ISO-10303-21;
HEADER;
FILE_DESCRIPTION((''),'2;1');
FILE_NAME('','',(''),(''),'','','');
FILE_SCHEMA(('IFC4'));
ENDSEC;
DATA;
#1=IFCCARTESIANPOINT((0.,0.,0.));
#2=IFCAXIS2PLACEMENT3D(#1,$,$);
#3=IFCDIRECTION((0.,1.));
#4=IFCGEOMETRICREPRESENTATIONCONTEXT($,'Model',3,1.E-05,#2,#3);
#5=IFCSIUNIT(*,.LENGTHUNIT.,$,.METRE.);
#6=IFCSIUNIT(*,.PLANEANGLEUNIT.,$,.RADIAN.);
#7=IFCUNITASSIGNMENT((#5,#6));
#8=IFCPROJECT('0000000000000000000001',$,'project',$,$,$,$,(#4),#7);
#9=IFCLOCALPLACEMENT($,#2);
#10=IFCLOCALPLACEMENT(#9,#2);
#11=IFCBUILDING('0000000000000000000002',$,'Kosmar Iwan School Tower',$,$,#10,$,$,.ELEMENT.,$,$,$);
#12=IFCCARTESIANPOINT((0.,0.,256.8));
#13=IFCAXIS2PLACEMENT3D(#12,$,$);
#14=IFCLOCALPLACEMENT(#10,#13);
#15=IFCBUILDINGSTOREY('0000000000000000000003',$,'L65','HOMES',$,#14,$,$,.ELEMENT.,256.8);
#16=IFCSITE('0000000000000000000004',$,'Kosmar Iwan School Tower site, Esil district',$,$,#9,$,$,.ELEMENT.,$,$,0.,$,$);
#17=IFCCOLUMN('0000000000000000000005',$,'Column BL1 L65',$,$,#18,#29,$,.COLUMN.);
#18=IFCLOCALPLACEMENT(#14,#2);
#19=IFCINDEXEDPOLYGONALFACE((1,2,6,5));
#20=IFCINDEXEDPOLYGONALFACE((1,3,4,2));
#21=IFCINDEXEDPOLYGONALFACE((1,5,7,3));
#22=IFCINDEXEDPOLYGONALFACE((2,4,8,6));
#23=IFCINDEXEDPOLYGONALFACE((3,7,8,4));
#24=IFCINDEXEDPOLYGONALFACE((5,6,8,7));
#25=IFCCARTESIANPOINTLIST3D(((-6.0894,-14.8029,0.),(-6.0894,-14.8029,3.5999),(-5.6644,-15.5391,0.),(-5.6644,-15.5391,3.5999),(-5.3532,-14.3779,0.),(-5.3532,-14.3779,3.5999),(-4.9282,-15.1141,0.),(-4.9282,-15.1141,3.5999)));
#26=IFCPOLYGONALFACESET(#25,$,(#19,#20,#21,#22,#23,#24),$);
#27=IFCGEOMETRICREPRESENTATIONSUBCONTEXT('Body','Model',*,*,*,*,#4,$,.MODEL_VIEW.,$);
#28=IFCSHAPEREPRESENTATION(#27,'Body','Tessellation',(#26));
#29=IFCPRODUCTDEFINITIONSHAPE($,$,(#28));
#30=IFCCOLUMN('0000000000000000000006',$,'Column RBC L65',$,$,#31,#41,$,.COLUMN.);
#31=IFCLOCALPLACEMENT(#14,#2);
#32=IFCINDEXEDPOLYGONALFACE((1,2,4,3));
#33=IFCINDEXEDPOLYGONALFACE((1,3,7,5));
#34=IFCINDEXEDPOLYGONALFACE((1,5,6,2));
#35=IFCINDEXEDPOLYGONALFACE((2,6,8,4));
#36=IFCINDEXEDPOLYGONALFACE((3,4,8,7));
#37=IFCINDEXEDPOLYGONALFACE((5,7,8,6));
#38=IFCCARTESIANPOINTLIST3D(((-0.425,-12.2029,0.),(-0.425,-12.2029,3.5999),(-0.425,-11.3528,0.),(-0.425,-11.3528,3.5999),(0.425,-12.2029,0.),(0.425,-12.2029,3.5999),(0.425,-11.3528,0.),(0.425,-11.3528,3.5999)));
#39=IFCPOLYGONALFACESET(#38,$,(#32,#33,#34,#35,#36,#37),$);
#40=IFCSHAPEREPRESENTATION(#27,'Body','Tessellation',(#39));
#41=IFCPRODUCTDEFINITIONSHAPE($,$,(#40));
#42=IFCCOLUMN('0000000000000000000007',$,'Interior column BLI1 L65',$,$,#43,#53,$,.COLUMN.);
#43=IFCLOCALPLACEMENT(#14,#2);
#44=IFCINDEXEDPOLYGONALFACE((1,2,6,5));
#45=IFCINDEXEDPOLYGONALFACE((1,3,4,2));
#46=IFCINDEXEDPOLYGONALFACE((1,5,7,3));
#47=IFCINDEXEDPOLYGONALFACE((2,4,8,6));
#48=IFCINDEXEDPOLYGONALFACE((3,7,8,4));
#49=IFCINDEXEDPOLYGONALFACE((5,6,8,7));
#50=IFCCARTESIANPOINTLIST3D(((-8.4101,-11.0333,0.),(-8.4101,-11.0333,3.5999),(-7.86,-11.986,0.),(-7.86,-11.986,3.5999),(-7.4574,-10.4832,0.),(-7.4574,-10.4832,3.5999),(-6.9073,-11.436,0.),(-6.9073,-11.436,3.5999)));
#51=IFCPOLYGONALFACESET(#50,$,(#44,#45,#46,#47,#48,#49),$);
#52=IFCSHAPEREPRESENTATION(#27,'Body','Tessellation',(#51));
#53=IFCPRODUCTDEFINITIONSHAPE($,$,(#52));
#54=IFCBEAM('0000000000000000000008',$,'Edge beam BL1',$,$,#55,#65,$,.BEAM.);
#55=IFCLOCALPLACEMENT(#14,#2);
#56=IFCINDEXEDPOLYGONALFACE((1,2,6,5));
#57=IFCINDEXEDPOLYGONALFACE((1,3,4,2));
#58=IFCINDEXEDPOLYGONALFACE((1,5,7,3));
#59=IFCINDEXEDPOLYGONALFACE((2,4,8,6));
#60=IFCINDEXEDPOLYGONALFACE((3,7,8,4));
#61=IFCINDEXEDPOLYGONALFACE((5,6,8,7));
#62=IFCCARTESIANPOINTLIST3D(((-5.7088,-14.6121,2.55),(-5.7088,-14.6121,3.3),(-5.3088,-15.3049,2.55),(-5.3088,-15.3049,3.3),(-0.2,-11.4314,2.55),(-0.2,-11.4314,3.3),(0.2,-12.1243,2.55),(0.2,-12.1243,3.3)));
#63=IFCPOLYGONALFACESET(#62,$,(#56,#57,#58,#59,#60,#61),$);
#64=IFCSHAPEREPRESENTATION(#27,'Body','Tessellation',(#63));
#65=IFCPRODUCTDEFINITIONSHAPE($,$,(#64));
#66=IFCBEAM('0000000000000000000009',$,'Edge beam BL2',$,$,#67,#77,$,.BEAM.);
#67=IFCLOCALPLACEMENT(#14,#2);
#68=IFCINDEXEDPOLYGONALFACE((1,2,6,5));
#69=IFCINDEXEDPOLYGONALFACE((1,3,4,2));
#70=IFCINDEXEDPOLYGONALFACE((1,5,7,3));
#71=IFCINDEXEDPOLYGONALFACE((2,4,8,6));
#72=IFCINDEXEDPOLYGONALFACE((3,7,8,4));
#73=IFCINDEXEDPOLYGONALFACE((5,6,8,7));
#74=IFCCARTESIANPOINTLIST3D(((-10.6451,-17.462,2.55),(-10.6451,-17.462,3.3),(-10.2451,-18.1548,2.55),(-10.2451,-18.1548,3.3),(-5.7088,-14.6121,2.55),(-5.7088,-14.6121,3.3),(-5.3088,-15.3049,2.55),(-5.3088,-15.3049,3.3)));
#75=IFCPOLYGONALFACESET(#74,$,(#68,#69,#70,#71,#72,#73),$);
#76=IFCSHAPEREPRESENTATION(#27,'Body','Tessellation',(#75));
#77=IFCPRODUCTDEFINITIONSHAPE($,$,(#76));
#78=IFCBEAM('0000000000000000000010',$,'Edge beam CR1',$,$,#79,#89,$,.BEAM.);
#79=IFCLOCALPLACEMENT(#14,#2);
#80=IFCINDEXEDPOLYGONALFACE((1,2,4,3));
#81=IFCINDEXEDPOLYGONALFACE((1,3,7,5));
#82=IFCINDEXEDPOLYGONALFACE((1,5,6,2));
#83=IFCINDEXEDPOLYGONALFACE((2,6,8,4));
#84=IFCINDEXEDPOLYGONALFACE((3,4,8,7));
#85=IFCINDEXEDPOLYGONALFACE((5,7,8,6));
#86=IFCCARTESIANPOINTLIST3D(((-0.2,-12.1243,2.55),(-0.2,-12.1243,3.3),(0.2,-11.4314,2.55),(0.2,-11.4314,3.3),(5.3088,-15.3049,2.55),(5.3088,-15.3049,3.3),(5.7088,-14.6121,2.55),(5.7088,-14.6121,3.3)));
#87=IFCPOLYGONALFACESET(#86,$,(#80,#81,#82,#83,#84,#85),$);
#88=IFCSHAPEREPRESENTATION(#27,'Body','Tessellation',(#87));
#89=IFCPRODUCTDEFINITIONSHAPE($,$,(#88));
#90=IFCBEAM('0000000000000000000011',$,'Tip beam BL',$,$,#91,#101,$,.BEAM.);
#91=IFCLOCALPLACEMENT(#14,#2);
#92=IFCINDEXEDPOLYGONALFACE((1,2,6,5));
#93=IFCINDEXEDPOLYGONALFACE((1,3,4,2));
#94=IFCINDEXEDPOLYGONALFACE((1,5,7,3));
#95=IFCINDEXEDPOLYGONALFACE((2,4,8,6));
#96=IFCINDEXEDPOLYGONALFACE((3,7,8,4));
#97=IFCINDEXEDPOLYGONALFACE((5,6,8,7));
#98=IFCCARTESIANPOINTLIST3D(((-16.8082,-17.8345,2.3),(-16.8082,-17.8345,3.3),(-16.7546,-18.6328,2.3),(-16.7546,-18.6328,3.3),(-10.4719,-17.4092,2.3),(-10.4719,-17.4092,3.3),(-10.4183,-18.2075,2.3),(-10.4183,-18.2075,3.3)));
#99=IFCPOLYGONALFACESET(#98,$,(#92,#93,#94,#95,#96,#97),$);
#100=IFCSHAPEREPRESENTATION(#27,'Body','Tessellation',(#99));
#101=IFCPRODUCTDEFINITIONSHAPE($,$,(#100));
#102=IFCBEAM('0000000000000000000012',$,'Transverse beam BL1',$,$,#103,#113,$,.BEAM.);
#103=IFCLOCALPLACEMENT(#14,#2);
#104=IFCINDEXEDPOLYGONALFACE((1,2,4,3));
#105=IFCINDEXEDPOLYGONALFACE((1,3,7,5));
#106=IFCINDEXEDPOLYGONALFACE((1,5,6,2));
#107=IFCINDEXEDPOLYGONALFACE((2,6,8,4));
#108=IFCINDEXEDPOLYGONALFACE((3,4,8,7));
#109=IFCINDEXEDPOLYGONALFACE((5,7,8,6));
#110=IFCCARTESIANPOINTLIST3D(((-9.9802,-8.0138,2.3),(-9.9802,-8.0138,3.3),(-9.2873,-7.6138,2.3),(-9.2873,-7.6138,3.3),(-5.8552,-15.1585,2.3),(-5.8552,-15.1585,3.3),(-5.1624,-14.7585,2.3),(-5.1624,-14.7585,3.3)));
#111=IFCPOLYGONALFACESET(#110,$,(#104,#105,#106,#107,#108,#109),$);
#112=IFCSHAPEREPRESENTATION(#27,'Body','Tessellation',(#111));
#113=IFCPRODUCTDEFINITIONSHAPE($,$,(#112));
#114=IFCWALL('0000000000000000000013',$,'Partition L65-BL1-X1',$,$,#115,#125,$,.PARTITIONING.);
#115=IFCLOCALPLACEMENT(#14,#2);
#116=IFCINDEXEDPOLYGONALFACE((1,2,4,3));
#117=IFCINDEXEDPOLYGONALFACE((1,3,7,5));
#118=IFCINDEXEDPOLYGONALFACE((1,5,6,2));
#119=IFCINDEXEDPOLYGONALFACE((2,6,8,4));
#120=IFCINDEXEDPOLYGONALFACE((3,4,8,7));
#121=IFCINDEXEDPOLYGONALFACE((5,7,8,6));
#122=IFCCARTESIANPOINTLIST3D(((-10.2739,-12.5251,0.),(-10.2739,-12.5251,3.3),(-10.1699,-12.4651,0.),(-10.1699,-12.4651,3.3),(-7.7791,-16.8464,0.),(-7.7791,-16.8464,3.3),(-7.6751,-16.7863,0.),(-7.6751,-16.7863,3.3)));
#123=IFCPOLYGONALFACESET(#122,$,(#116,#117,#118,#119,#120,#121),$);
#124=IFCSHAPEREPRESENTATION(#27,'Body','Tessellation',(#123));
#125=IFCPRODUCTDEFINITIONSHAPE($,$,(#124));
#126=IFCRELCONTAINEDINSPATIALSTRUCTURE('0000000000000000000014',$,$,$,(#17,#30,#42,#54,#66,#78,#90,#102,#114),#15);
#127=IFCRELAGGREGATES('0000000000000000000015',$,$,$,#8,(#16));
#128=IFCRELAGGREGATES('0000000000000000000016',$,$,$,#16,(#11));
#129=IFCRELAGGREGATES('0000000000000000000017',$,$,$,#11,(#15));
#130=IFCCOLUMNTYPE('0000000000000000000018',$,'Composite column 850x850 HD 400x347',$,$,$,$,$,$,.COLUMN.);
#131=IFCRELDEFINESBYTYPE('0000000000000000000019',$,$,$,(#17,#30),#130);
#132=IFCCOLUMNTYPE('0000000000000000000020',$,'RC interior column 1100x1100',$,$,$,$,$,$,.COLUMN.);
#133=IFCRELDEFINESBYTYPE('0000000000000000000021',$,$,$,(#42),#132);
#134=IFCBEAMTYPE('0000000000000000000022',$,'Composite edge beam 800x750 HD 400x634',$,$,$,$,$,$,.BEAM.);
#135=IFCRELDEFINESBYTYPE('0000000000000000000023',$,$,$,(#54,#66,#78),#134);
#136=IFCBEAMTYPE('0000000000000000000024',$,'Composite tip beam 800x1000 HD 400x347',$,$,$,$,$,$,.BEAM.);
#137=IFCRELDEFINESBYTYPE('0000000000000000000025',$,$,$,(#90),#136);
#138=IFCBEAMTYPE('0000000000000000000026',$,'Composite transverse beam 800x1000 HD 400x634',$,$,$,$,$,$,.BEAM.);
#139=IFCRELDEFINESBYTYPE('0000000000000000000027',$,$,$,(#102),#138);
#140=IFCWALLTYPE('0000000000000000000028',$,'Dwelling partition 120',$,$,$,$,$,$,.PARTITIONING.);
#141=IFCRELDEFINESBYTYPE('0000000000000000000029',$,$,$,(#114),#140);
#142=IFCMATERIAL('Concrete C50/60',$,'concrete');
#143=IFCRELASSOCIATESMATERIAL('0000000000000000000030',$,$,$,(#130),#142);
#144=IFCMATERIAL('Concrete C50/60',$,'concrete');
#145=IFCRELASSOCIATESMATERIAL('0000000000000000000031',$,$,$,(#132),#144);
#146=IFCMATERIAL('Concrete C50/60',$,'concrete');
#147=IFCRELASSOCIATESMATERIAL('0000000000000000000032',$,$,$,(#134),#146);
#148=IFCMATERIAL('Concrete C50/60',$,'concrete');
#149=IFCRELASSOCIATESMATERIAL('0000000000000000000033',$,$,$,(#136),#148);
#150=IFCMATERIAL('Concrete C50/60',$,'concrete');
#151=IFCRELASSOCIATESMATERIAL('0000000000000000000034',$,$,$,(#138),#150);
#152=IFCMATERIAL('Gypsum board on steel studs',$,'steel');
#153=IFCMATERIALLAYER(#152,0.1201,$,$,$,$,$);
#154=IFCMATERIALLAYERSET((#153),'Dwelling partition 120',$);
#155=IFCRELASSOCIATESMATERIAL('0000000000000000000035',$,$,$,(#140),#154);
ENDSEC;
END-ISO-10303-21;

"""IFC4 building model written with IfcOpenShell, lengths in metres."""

from ifc_helpers import new_model, si_unit, direction, frame, frame_2d, origin, origin_2d, place, context, subcontext, project, spatial, rectangle, extrude, material, layer, layer_set, material_profile, profile_set, type_object, element, save


model = new_model("IFC4")

# Units and contexts
model_context = context("Model", 3, precision=1e-05, world=origin(), true_north=direction((0.0, 1.0)))
body_context = subcontext(model_context, "Body", "Model", "MODEL_VIEW")
ifc_project = project(units=[si_unit("LENGTHUNIT", "METRE"), si_unit("PLANEANGLEUNIT", "RADIAN")], contexts=[model_context])

# Site, building, storey
site_placement = place(None, origin())
site = spatial("IfcSite", under=ifc_project, at=site_placement, Name="Kosmar Iwan School Tower site, Esil district", CompositionType="ELEMENT", RefElevation=0.0)
building_placement = place(site_placement, origin())
building = spatial("IfcBuilding", under=site, at=building_placement, Name="Kosmar Iwan School Tower", CompositionType="ELEMENT")
storey_placement = place(building_placement, frame((0.0, 0.0, 256.8)))
storey = spatial("IfcBuildingStorey", under=building, at=storey_placement, Name="L65", Description="HOMES", CompositionType="ELEMENT", Elevation=256.8)

# Columns
ifc_material_1 = material(Name="Concrete C50/60", Category="concrete")
ifc_material_profile_1 = material_profile(ifc_material_1, rectangle(XDim=0.8501, YDim=0.8501, at=origin_2d()), Name="RC 850x850 + HD 400x347")
ifc_profile_set_1 = profile_set([ifc_material_profile_1], Name="Concrete C50/60")
column_type_1 = type_object("IfcColumnType", Name="Composite column 850x850 HD 400x347", PredefinedType="COLUMN", material=ifc_profile_set_1)
for number, where, z_axis, x_axis, name in (
    (1, (-5.5088, -14.9585, 0.0), (0.0, 0.0, 1.0), (-0.866025, -0.5, 0.0), "Column BL1 L65"),
    (2, (0.0, -11.7778, 0.0), (0.0, 0.0, 1.0), (1.0, 0.0, 0.0), "Column RBC L65"),
):
    element("IfcColumn", number, at=place(storey_placement, frame(where, z_axis=z_axis, x_axis=x_axis)), inside=storey, type_object=column_type_1, Name=name, PredefinedType="COLUMN", context=body_context, shape_type="SweptSolid", body=[
        extrude(rectangle(XDim=0.8501, YDim=0.8501, at=origin_2d()), origin(), (0.0, 0.0, 1.0), 3.5999),
    ])
ifc_material_2 = material(Name="Concrete C50/60", Category="concrete")
ifc_material_profile_2 = material_profile(ifc_material_2, rectangle(XDim=1.1001, YDim=1.1001, at=origin_2d()), Name="RC 1100x1100")
ifc_profile_set_2 = profile_set([ifc_material_profile_2], Name="Concrete C50/60")
column_type_2 = type_object("IfcColumnType", Name="RC interior column 1100x1100", PredefinedType="COLUMN", material=ifc_profile_set_2)
column_placement = place(storey_placement, frame((-7.6587, -11.2346, 0.0), z_axis=(0.0, 0.0, 1.0), x_axis=(-0.866025, -0.5, 0.0)))
element("IfcColumn", 3, at=column_placement, inside=storey, type_object=column_type_2, Name="Interior column BLI1 L65", PredefinedType="COLUMN", context=body_context, shape_type="SweptSolid", body=[
    extrude(rectangle(XDim=1.1001, YDim=1.1001, at=origin_2d()), origin(), (0.0, 0.0, 1.0), 3.5999),
])

# Beams
ifc_material_3 = material(Name="Concrete C50/60", Category="concrete")
ifc_material_profile_3 = material_profile(ifc_material_3, rectangle(XDim=0.8, YDim=0.75, at=origin_2d()), Name="RC 800x750 + HD 400x634")
ifc_profile_set_3 = profile_set([ifc_material_profile_3], Name="Concrete C50/60")
beam_type_1 = type_object("IfcBeamType", Name="Composite edge beam 800x750 HD 400x634", PredefinedType="BEAM", material=ifc_profile_set_3)
beam_1_placement = place(storey_placement, frame((0.0, -11.7778, 2.925), z_axis=(-0.866014, -0.500019, 0.0), x_axis=(0.500019, -0.866014, 0.0)))
element("IfcBeam", 4, at=beam_1_placement, inside=storey, type_object=beam_type_1, Name="Edge beam BL1", PredefinedType="BEAM", context=body_context, shape_type="SweptSolid", body=[
    extrude(rectangle(XDim=0.8, YDim=0.75, at=origin_2d()), origin(), (0.0, 0.0, 1.0), 6.3611),
])
beam_2_placement = place(storey_placement, frame((-5.5088, -14.9585, 2.925), z_axis=(-0.866034, -0.499986, 0.0), x_axis=(0.499986, -0.866034, 0.0)))
element("IfcBeam", 5, at=beam_2_placement, inside=storey, type_object=beam_type_1, Name="Edge beam BL2", PredefinedType="BEAM", context=body_context, shape_type="SweptSolid", body=[
    extrude(rectangle(XDim=0.8, YDim=0.75, at=origin_2d()), origin(), (0.0, 0.0, 1.0), 5.7),
])
beam_3_placement = place(storey_placement, frame((0.0, -11.7778, 2.925), z_axis=(0.866014, -0.500019, 0.0), x_axis=(0.500019, 0.866014, 0.0)))
element("IfcBeam", 6, at=beam_3_placement, inside=storey, type_object=beam_type_1, Name="Edge beam CR1", PredefinedType="BEAM", context=body_context, shape_type="SweptSolid", body=[
    extrude(rectangle(XDim=0.8, YDim=0.75, at=origin_2d()), origin(), (0.0, 0.0, 1.0), 6.3611),
])
ifc_material_4 = material(Name="Concrete C50/60", Category="concrete")
ifc_material_profile_4 = material_profile(ifc_material_4, rectangle(XDim=0.8, YDim=1.0, at=origin_2d()), Name="RC 800x1000 + HD 400x347")
ifc_profile_set_4 = profile_set([ifc_material_profile_4], Name="Concrete C50/60")
beam_type_2 = type_object("IfcBeamType", Name="Composite tip beam 800x1000 HD 400x347", PredefinedType="BEAM", material=ifc_profile_set_4)
beam_4_placement = place(storey_placement, frame((-10.4451, -17.8083, 2.8), z_axis=(-0.997755, -0.066968, 0.0), x_axis=(0.066968, -0.997755, 0.0)))
element("IfcBeam", 7, at=beam_4_placement, inside=storey, type_object=beam_type_2, Name="Tip beam BL", PredefinedType="BEAM", context=body_context, shape_type="SweptSolid", body=[
    extrude(rectangle(XDim=0.8, YDim=1.0, at=origin_2d()), origin(), (0.0, 0.0, 1.0), 6.3506),
])
ifc_material_5 = material(Name="Concrete C50/60", Category="concrete")
ifc_material_profile_5 = material_profile(ifc_material_5, rectangle(XDim=0.8, YDim=1.0, at=origin_2d()), Name="RC 800x1000 + HD 400x634")
ifc_profile_set_5 = profile_set([ifc_material_profile_5], Name="Concrete C50/60")
beam_type_3 = type_object("IfcBeamType", Name="Composite transverse beam 800x1000 HD 400x634", PredefinedType="BEAM", material=ifc_profile_set_5)
beam_5_placement = place(storey_placement, frame((-5.5088, -14.9585, 2.8), z_axis=(-0.499997, 0.866027, 0.0), x_axis=(-0.866027, -0.499997, 0.0)))
element("IfcBeam", 8, at=beam_5_placement, inside=storey, type_object=beam_type_3, Name="Transverse beam BL1", PredefinedType="BEAM", context=body_context, shape_type="SweptSolid", body=[
    extrude(rectangle(XDim=0.8, YDim=1.0, at=origin_2d()), origin(), (0.0, 0.0, 1.0), 8.25),
])

# Wall
ifc_material_6 = material(Name="Gypsum board on steel studs", Category="steel")
ifc_layer_1 = layer(ifc_material_6, 0.1201)
ifc_layer_set_1 = layer_set([ifc_layer_1], Name="Dwelling partition 120")
wall_type_1 = type_object("IfcWallType", Name="Dwelling partition 120", PredefinedType="PARTITIONING", material=ifc_layer_set_1)
wall_1_placement = place(storey_placement, frame((-10.2219, -12.4951, 0.0), z_axis=(0.0, 0.0, 1.0), x_axis=(0.499996, -0.866028, 0.0)))
element("IfcWall", 9, at=wall_1_placement, inside=storey, type_object=wall_type_1, Name="Partition L65-BL1-X1", PredefinedType="PARTITIONING", context=body_context, shape_type="SweptSolid", body=[
    extrude(rectangle(XDim=4.9897, YDim=0.1201, at=frame_2d((2.4949, 0.0))), origin(), (0.0, 0.0, 1.0), 3.3),
])

save(model, "model.ifc")
